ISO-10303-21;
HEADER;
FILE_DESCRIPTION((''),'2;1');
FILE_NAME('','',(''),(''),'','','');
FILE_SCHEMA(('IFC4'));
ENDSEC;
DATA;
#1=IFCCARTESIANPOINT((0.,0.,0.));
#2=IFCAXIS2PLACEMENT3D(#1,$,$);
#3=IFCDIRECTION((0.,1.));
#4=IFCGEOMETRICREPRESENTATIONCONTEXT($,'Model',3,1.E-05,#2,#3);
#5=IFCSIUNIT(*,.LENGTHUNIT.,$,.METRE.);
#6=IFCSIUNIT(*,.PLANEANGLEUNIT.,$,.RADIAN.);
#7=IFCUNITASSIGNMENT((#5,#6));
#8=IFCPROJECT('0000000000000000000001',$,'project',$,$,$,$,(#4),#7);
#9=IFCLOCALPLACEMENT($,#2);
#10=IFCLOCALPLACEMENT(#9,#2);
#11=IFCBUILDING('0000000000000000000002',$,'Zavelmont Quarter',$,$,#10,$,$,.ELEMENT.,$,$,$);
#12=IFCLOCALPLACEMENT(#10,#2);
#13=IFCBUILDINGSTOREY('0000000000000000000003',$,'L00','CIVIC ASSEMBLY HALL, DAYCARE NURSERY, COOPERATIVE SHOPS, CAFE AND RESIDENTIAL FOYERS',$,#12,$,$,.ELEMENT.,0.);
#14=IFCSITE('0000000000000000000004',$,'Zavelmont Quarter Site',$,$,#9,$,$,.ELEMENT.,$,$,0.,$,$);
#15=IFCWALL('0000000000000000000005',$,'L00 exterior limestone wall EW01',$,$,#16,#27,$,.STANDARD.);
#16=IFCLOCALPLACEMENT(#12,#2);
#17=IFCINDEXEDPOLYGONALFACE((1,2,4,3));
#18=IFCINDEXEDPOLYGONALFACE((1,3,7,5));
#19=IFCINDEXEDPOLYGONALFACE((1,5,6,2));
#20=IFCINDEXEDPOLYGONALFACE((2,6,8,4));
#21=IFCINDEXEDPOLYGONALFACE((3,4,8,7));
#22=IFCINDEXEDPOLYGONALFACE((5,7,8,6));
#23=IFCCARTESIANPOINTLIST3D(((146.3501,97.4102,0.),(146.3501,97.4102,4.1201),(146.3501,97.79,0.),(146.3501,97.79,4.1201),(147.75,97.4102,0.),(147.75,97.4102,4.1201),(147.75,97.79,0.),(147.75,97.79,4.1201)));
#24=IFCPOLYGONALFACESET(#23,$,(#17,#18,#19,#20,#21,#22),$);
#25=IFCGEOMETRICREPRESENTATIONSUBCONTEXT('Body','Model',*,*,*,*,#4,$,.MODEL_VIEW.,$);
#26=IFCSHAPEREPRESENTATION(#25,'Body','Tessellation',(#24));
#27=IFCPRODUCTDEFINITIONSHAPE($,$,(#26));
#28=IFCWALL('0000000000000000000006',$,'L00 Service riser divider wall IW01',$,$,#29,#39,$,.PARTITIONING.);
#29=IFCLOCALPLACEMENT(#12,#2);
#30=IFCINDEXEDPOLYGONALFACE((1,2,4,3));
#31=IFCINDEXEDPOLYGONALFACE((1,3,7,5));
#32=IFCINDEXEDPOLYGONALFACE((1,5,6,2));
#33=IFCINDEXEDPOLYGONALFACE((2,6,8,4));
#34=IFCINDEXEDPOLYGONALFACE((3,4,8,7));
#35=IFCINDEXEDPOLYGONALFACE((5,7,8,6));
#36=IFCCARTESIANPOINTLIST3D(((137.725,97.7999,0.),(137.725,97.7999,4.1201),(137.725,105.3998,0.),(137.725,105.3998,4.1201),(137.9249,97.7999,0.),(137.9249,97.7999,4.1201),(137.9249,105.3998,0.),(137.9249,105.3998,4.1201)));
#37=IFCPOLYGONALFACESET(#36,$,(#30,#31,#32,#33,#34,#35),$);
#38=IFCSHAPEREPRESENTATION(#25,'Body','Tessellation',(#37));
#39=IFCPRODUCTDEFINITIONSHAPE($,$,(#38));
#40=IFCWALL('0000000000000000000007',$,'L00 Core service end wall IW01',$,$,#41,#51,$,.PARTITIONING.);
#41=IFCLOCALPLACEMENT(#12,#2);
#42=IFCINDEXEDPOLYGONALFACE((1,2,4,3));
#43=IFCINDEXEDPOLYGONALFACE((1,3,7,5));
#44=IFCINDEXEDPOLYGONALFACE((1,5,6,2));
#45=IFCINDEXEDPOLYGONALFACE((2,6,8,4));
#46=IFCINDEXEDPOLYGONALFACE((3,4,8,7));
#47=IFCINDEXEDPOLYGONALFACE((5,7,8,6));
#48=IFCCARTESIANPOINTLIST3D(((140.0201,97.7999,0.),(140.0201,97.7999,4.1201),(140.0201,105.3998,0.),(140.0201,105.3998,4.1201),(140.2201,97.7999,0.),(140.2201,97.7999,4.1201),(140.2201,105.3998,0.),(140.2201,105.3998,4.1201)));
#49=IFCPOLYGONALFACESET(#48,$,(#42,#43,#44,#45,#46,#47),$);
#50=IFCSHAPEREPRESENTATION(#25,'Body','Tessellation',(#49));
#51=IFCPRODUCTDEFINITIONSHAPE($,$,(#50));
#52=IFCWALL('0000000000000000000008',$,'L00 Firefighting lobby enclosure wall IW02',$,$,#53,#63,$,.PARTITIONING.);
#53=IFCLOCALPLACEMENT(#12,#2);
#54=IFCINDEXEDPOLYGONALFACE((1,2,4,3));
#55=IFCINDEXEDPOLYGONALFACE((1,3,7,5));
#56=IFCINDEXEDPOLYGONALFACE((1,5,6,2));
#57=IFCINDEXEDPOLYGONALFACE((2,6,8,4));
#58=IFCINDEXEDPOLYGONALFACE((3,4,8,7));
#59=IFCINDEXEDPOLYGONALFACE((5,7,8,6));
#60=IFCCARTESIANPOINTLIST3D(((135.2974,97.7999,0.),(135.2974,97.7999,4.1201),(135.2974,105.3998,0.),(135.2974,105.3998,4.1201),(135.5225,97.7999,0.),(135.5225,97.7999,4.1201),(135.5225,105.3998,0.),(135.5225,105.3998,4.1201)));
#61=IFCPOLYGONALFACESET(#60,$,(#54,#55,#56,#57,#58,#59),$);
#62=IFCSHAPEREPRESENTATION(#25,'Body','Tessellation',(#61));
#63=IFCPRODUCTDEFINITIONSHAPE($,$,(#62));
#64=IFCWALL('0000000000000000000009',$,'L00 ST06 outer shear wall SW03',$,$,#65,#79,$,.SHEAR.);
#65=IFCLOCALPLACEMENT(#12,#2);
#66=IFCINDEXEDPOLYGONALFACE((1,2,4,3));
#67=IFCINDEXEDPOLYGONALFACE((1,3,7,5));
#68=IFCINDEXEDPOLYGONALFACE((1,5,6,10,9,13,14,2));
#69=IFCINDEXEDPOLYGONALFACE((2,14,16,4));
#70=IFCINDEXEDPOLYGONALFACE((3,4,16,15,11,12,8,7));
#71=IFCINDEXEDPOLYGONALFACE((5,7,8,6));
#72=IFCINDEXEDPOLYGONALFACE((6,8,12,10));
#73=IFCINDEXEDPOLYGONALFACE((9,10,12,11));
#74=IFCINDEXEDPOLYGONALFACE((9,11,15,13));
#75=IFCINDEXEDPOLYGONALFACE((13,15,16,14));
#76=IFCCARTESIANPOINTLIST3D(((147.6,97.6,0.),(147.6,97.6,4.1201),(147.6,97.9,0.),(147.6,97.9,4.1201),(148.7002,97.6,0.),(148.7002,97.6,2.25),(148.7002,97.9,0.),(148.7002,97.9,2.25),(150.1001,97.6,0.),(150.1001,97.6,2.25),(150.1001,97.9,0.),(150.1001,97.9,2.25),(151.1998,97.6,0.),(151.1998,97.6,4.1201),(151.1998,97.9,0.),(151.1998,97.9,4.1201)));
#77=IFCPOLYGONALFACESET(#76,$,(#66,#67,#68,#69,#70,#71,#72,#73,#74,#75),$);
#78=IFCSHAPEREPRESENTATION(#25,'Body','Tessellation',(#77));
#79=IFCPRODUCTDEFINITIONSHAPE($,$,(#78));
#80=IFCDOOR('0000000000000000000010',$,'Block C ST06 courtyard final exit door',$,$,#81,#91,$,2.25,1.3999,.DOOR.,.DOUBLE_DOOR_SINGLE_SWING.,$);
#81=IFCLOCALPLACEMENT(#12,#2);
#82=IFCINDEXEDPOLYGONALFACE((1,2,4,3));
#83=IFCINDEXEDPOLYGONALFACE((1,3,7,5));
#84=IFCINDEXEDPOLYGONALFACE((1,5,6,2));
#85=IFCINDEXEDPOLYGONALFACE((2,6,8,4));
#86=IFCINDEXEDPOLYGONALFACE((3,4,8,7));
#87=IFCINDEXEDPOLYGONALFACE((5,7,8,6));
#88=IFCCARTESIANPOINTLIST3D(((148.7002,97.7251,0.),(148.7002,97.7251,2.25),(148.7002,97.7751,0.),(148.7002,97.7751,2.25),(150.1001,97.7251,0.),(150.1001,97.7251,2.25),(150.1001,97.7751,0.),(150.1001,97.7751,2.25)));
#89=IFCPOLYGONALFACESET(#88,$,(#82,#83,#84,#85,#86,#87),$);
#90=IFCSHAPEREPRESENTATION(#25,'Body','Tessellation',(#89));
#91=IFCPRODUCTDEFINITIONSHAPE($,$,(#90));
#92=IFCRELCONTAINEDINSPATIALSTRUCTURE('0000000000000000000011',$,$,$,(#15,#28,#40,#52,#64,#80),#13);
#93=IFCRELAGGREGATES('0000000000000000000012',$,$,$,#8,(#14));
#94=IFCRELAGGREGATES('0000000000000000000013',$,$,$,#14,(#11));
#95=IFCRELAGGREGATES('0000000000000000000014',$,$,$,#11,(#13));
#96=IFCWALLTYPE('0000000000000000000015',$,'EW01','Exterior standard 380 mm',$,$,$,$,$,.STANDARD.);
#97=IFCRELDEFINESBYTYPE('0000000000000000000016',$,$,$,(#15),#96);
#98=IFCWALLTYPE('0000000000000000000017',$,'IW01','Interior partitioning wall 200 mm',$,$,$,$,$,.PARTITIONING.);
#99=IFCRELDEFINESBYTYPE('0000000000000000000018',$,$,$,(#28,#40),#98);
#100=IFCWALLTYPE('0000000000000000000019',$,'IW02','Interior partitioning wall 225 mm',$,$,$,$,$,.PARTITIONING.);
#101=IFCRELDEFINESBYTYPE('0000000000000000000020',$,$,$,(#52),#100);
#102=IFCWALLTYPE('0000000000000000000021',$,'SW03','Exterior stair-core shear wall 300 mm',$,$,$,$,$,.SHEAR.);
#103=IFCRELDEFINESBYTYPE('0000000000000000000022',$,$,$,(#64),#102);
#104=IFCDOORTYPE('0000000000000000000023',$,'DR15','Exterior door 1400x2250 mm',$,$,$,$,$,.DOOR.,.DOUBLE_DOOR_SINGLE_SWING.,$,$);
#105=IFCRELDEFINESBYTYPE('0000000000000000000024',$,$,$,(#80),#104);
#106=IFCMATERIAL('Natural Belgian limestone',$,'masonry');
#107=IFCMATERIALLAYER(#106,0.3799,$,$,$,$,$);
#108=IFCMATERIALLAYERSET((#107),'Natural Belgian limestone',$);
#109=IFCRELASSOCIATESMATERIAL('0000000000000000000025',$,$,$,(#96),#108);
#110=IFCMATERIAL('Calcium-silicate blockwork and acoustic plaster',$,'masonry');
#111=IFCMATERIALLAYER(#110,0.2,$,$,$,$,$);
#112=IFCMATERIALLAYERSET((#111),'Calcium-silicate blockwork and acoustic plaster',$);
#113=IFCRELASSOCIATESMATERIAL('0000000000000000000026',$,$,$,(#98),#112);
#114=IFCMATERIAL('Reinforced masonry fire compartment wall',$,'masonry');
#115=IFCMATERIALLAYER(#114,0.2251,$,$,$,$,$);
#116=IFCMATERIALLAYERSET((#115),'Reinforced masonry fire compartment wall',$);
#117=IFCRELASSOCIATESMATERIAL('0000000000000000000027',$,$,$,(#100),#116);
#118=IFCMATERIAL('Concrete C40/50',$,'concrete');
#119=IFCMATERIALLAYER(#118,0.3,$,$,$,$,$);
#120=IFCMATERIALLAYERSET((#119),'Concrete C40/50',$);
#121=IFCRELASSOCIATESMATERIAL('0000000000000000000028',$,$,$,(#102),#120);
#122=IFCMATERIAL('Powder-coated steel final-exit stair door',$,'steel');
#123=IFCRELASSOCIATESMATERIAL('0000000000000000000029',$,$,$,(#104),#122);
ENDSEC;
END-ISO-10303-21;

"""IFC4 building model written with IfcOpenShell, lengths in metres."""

from ifc_helpers import new_model, si_unit, direction, frame, frame_2d, origin, place, context, subcontext, project, spatial, rectangle, extrude, material, layer, layer_set, type_object, element, fill, save


model = new_model("IFC4")

# Units and contexts
model_context = context("Model", 3, precision=1e-05, world=origin(), true_north=direction((0.0, 1.0)))
body_context = subcontext(model_context, "Body", "Model", "MODEL_VIEW")
ifc_project = project(units=[si_unit("LENGTHUNIT", "METRE"), si_unit("PLANEANGLEUNIT", "RADIAN")], contexts=[model_context])

# Site, building, storey
site_placement = place(None, origin())
site = spatial("IfcSite", under=ifc_project, at=site_placement, Name="Zavelmont Quarter Site", CompositionType="ELEMENT", RefElevation=0.0)
building_placement = place(site_placement, origin())
building = spatial("IfcBuilding", under=site, at=building_placement, Name="Zavelmont Quarter", CompositionType="ELEMENT")
storey_placement = place(building_placement, origin())
storey = spatial("IfcBuildingStorey", under=building, at=storey_placement, Name="L00", Description="CIVIC ASSEMBLY HALL, DAYCARE NURSERY, COOPERATIVE SHOPS, CAFE AND RESIDENTIAL FOYERS", CompositionType="ELEMENT", Elevation=0.0)

# Shared definitions
ifc_material_1 = material(Name="Concrete C40/50", Category="concrete")

# Walls
ifc_material_2 = material(Name="Natural Belgian limestone", Category="masonry")
ifc_layer_1 = layer(ifc_material_2, 0.3799)
ifc_layer_set_1 = layer_set([ifc_layer_1], Name="Natural Belgian limestone")
wall_type_1 = type_object("IfcWallType", Name="EW01", Description="Exterior standard 380 mm", PredefinedType="STANDARD", material=ifc_layer_set_1)
wall_1_placement = place(storey_placement, frame((146.3501, 97.6001, 0.0), z_axis=(0.0, 0.0, 1.0), x_axis=(1.0, 0.0, 0.0)))
element("IfcWall", 1, at=wall_1_placement, inside=storey, type_object=wall_type_1, Name="L00 exterior limestone wall EW01", PredefinedType="STANDARD", context=body_context, shape_type="SweptSolid", body=[
    extrude(rectangle(XDim=1.3999, YDim=0.3799, at=frame_2d((0.7, 0.0))), origin(), (0.0, 0.0, 1.0), 4.1201),
])
ifc_material_3 = material(Name="Calcium-silicate blockwork and acoustic plaster", Category="masonry")
ifc_layer_2 = layer(ifc_material_3, 0.2)
ifc_layer_set_2 = layer_set([ifc_layer_2], Name="Calcium-silicate blockwork and acoustic plaster")
wall_type_2 = type_object("IfcWallType", Name="IW01", Description="Interior partitioning wall 200 mm", PredefinedType="PARTITIONING", material=ifc_layer_set_2)
for number, where, z_axis, x_axis, name in (
    (2, (137.825, 97.8, 0.0), (0.0, 0.0, 1.0), (0.0, 1.0, 0.0), "L00 Service riser divider wall IW01"),
    (3, (140.1201, 97.8, 0.0), (0.0, 0.0, 1.0), (0.0, 1.0, 0.0), "L00 Core service end wall IW01"),
):
    element("IfcWall", number, at=place(storey_placement, frame(where, z_axis=z_axis, x_axis=x_axis)), inside=storey, type_object=wall_type_2, Name=name, PredefinedType="PARTITIONING", context=body_context, shape_type="SweptSolid", body=[
        extrude(rectangle(XDim=7.5999, YDim=0.2, at=frame_2d((3.7998, 0.0))), origin(), (0.0, 0.0, 1.0), 4.1201),
    ])
ifc_material_4 = material(Name="Reinforced masonry fire compartment wall", Category="masonry")
ifc_layer_3 = layer(ifc_material_4, 0.2251)
ifc_layer_set_3 = layer_set([ifc_layer_3], Name="Reinforced masonry fire compartment wall")
wall_type_3 = type_object("IfcWallType", Name="IW02", Description="Interior partitioning wall 225 mm", PredefinedType="PARTITIONING", material=ifc_layer_set_3)
wall_2_placement = place(storey_placement, frame((135.4099, 97.8, 0.0), z_axis=(0.0, 0.0, 1.0), x_axis=(0.0, 1.0, 0.0)))
element("IfcWall", 4, at=wall_2_placement, inside=storey, type_object=wall_type_3, Name="L00 Firefighting lobby enclosure wall IW02", PredefinedType="PARTITIONING", context=body_context, shape_type="SweptSolid", body=[
    extrude(rectangle(XDim=7.5999, YDim=0.2251, at=frame_2d((3.7998, 0.0))), origin(), (0.0, 0.0, 1.0), 4.1201),
])

# Wall, opening, door
ifc_layer_4 = layer(ifc_material_1, 0.3)
ifc_layer_set_4 = layer_set([ifc_layer_4], Name="Concrete C40/50")
wall_type_4 = type_object("IfcWallType", Name="SW03", Description="Exterior stair-core shear wall 300 mm", PredefinedType="SHEAR", material=ifc_layer_set_4)
wall_3_placement = place(storey_placement, frame((147.6001, 97.75, 0.0), z_axis=(0.0, 0.0, 1.0), x_axis=(1.0, 0.0, 0.0)))
wall_3 = element("IfcWall", 5, at=wall_3_placement, inside=storey, type_object=wall_type_4, Name="L00 ST06 outer shear wall SW03", PredefinedType="SHEAR", context=body_context, shape_type="SweptSolid", body=[
    extrude(rectangle(XDim=3.5999, YDim=0.3, at=frame_2d((1.7998, 0.0))), origin(), (0.0, 0.0, 1.0), 4.1201),
])
opening_placement = place(wall_3_placement, frame((1.1001, 0.0, 0.0)))
opening = element("IfcOpeningElement", 6, at=opening_placement, cuts=wall_3, PredefinedType="OPENING", context=body_context, shape_type="SweptSolid", body=[
    extrude(rectangle(XDim=1.3999, YDim=2.25, at=frame_2d((0.7, 1.125))), frame((0.0, 0.1621, 0.0), z_axis=(0.0, -1.0, 0.0), x_axis=(1.0, 0.0, 0.0)), (0.0, 0.0, 1.0), 0.324),
])
ifc_material_5 = material(Name="Powder-coated steel final-exit stair door", Category="steel")
door_type = type_object("IfcDoorType", Name="DR15", Description="Exterior door 1400x2250 mm", OperationType="DOUBLE_DOOR_SINGLE_SWING", PredefinedType="DOOR", material=ifc_material_5)
door_placement = place(opening_placement, frame((1.3999, 0.0, 0.0), z_axis=(0.0, 0.0, 1.0), x_axis=(-1.0, 0.0, 0.0)))
door = element("IfcDoor", 7, at=door_placement, inside=storey, type_object=door_type, Name="Block C ST06 courtyard final exit door", OperationType="DOUBLE_DOOR_SINGLE_SWING", OverallHeight=2.25, OverallWidth=1.3999, PredefinedType="DOOR", context=body_context, shape_type="SweptSolid", body=[
    extrude(rectangle(XDim=1.3999, YDim=2.25, at=frame_2d((0.7, 1.125))), frame((0.0, 0.0249, 0.0), z_axis=(0.0, -1.0, 0.0), x_axis=(1.0, 0.0, 0.0)), (0.0, 0.0, 1.0), 0.05),
])
fill(opening, door)

save(model, "model.ifc")
